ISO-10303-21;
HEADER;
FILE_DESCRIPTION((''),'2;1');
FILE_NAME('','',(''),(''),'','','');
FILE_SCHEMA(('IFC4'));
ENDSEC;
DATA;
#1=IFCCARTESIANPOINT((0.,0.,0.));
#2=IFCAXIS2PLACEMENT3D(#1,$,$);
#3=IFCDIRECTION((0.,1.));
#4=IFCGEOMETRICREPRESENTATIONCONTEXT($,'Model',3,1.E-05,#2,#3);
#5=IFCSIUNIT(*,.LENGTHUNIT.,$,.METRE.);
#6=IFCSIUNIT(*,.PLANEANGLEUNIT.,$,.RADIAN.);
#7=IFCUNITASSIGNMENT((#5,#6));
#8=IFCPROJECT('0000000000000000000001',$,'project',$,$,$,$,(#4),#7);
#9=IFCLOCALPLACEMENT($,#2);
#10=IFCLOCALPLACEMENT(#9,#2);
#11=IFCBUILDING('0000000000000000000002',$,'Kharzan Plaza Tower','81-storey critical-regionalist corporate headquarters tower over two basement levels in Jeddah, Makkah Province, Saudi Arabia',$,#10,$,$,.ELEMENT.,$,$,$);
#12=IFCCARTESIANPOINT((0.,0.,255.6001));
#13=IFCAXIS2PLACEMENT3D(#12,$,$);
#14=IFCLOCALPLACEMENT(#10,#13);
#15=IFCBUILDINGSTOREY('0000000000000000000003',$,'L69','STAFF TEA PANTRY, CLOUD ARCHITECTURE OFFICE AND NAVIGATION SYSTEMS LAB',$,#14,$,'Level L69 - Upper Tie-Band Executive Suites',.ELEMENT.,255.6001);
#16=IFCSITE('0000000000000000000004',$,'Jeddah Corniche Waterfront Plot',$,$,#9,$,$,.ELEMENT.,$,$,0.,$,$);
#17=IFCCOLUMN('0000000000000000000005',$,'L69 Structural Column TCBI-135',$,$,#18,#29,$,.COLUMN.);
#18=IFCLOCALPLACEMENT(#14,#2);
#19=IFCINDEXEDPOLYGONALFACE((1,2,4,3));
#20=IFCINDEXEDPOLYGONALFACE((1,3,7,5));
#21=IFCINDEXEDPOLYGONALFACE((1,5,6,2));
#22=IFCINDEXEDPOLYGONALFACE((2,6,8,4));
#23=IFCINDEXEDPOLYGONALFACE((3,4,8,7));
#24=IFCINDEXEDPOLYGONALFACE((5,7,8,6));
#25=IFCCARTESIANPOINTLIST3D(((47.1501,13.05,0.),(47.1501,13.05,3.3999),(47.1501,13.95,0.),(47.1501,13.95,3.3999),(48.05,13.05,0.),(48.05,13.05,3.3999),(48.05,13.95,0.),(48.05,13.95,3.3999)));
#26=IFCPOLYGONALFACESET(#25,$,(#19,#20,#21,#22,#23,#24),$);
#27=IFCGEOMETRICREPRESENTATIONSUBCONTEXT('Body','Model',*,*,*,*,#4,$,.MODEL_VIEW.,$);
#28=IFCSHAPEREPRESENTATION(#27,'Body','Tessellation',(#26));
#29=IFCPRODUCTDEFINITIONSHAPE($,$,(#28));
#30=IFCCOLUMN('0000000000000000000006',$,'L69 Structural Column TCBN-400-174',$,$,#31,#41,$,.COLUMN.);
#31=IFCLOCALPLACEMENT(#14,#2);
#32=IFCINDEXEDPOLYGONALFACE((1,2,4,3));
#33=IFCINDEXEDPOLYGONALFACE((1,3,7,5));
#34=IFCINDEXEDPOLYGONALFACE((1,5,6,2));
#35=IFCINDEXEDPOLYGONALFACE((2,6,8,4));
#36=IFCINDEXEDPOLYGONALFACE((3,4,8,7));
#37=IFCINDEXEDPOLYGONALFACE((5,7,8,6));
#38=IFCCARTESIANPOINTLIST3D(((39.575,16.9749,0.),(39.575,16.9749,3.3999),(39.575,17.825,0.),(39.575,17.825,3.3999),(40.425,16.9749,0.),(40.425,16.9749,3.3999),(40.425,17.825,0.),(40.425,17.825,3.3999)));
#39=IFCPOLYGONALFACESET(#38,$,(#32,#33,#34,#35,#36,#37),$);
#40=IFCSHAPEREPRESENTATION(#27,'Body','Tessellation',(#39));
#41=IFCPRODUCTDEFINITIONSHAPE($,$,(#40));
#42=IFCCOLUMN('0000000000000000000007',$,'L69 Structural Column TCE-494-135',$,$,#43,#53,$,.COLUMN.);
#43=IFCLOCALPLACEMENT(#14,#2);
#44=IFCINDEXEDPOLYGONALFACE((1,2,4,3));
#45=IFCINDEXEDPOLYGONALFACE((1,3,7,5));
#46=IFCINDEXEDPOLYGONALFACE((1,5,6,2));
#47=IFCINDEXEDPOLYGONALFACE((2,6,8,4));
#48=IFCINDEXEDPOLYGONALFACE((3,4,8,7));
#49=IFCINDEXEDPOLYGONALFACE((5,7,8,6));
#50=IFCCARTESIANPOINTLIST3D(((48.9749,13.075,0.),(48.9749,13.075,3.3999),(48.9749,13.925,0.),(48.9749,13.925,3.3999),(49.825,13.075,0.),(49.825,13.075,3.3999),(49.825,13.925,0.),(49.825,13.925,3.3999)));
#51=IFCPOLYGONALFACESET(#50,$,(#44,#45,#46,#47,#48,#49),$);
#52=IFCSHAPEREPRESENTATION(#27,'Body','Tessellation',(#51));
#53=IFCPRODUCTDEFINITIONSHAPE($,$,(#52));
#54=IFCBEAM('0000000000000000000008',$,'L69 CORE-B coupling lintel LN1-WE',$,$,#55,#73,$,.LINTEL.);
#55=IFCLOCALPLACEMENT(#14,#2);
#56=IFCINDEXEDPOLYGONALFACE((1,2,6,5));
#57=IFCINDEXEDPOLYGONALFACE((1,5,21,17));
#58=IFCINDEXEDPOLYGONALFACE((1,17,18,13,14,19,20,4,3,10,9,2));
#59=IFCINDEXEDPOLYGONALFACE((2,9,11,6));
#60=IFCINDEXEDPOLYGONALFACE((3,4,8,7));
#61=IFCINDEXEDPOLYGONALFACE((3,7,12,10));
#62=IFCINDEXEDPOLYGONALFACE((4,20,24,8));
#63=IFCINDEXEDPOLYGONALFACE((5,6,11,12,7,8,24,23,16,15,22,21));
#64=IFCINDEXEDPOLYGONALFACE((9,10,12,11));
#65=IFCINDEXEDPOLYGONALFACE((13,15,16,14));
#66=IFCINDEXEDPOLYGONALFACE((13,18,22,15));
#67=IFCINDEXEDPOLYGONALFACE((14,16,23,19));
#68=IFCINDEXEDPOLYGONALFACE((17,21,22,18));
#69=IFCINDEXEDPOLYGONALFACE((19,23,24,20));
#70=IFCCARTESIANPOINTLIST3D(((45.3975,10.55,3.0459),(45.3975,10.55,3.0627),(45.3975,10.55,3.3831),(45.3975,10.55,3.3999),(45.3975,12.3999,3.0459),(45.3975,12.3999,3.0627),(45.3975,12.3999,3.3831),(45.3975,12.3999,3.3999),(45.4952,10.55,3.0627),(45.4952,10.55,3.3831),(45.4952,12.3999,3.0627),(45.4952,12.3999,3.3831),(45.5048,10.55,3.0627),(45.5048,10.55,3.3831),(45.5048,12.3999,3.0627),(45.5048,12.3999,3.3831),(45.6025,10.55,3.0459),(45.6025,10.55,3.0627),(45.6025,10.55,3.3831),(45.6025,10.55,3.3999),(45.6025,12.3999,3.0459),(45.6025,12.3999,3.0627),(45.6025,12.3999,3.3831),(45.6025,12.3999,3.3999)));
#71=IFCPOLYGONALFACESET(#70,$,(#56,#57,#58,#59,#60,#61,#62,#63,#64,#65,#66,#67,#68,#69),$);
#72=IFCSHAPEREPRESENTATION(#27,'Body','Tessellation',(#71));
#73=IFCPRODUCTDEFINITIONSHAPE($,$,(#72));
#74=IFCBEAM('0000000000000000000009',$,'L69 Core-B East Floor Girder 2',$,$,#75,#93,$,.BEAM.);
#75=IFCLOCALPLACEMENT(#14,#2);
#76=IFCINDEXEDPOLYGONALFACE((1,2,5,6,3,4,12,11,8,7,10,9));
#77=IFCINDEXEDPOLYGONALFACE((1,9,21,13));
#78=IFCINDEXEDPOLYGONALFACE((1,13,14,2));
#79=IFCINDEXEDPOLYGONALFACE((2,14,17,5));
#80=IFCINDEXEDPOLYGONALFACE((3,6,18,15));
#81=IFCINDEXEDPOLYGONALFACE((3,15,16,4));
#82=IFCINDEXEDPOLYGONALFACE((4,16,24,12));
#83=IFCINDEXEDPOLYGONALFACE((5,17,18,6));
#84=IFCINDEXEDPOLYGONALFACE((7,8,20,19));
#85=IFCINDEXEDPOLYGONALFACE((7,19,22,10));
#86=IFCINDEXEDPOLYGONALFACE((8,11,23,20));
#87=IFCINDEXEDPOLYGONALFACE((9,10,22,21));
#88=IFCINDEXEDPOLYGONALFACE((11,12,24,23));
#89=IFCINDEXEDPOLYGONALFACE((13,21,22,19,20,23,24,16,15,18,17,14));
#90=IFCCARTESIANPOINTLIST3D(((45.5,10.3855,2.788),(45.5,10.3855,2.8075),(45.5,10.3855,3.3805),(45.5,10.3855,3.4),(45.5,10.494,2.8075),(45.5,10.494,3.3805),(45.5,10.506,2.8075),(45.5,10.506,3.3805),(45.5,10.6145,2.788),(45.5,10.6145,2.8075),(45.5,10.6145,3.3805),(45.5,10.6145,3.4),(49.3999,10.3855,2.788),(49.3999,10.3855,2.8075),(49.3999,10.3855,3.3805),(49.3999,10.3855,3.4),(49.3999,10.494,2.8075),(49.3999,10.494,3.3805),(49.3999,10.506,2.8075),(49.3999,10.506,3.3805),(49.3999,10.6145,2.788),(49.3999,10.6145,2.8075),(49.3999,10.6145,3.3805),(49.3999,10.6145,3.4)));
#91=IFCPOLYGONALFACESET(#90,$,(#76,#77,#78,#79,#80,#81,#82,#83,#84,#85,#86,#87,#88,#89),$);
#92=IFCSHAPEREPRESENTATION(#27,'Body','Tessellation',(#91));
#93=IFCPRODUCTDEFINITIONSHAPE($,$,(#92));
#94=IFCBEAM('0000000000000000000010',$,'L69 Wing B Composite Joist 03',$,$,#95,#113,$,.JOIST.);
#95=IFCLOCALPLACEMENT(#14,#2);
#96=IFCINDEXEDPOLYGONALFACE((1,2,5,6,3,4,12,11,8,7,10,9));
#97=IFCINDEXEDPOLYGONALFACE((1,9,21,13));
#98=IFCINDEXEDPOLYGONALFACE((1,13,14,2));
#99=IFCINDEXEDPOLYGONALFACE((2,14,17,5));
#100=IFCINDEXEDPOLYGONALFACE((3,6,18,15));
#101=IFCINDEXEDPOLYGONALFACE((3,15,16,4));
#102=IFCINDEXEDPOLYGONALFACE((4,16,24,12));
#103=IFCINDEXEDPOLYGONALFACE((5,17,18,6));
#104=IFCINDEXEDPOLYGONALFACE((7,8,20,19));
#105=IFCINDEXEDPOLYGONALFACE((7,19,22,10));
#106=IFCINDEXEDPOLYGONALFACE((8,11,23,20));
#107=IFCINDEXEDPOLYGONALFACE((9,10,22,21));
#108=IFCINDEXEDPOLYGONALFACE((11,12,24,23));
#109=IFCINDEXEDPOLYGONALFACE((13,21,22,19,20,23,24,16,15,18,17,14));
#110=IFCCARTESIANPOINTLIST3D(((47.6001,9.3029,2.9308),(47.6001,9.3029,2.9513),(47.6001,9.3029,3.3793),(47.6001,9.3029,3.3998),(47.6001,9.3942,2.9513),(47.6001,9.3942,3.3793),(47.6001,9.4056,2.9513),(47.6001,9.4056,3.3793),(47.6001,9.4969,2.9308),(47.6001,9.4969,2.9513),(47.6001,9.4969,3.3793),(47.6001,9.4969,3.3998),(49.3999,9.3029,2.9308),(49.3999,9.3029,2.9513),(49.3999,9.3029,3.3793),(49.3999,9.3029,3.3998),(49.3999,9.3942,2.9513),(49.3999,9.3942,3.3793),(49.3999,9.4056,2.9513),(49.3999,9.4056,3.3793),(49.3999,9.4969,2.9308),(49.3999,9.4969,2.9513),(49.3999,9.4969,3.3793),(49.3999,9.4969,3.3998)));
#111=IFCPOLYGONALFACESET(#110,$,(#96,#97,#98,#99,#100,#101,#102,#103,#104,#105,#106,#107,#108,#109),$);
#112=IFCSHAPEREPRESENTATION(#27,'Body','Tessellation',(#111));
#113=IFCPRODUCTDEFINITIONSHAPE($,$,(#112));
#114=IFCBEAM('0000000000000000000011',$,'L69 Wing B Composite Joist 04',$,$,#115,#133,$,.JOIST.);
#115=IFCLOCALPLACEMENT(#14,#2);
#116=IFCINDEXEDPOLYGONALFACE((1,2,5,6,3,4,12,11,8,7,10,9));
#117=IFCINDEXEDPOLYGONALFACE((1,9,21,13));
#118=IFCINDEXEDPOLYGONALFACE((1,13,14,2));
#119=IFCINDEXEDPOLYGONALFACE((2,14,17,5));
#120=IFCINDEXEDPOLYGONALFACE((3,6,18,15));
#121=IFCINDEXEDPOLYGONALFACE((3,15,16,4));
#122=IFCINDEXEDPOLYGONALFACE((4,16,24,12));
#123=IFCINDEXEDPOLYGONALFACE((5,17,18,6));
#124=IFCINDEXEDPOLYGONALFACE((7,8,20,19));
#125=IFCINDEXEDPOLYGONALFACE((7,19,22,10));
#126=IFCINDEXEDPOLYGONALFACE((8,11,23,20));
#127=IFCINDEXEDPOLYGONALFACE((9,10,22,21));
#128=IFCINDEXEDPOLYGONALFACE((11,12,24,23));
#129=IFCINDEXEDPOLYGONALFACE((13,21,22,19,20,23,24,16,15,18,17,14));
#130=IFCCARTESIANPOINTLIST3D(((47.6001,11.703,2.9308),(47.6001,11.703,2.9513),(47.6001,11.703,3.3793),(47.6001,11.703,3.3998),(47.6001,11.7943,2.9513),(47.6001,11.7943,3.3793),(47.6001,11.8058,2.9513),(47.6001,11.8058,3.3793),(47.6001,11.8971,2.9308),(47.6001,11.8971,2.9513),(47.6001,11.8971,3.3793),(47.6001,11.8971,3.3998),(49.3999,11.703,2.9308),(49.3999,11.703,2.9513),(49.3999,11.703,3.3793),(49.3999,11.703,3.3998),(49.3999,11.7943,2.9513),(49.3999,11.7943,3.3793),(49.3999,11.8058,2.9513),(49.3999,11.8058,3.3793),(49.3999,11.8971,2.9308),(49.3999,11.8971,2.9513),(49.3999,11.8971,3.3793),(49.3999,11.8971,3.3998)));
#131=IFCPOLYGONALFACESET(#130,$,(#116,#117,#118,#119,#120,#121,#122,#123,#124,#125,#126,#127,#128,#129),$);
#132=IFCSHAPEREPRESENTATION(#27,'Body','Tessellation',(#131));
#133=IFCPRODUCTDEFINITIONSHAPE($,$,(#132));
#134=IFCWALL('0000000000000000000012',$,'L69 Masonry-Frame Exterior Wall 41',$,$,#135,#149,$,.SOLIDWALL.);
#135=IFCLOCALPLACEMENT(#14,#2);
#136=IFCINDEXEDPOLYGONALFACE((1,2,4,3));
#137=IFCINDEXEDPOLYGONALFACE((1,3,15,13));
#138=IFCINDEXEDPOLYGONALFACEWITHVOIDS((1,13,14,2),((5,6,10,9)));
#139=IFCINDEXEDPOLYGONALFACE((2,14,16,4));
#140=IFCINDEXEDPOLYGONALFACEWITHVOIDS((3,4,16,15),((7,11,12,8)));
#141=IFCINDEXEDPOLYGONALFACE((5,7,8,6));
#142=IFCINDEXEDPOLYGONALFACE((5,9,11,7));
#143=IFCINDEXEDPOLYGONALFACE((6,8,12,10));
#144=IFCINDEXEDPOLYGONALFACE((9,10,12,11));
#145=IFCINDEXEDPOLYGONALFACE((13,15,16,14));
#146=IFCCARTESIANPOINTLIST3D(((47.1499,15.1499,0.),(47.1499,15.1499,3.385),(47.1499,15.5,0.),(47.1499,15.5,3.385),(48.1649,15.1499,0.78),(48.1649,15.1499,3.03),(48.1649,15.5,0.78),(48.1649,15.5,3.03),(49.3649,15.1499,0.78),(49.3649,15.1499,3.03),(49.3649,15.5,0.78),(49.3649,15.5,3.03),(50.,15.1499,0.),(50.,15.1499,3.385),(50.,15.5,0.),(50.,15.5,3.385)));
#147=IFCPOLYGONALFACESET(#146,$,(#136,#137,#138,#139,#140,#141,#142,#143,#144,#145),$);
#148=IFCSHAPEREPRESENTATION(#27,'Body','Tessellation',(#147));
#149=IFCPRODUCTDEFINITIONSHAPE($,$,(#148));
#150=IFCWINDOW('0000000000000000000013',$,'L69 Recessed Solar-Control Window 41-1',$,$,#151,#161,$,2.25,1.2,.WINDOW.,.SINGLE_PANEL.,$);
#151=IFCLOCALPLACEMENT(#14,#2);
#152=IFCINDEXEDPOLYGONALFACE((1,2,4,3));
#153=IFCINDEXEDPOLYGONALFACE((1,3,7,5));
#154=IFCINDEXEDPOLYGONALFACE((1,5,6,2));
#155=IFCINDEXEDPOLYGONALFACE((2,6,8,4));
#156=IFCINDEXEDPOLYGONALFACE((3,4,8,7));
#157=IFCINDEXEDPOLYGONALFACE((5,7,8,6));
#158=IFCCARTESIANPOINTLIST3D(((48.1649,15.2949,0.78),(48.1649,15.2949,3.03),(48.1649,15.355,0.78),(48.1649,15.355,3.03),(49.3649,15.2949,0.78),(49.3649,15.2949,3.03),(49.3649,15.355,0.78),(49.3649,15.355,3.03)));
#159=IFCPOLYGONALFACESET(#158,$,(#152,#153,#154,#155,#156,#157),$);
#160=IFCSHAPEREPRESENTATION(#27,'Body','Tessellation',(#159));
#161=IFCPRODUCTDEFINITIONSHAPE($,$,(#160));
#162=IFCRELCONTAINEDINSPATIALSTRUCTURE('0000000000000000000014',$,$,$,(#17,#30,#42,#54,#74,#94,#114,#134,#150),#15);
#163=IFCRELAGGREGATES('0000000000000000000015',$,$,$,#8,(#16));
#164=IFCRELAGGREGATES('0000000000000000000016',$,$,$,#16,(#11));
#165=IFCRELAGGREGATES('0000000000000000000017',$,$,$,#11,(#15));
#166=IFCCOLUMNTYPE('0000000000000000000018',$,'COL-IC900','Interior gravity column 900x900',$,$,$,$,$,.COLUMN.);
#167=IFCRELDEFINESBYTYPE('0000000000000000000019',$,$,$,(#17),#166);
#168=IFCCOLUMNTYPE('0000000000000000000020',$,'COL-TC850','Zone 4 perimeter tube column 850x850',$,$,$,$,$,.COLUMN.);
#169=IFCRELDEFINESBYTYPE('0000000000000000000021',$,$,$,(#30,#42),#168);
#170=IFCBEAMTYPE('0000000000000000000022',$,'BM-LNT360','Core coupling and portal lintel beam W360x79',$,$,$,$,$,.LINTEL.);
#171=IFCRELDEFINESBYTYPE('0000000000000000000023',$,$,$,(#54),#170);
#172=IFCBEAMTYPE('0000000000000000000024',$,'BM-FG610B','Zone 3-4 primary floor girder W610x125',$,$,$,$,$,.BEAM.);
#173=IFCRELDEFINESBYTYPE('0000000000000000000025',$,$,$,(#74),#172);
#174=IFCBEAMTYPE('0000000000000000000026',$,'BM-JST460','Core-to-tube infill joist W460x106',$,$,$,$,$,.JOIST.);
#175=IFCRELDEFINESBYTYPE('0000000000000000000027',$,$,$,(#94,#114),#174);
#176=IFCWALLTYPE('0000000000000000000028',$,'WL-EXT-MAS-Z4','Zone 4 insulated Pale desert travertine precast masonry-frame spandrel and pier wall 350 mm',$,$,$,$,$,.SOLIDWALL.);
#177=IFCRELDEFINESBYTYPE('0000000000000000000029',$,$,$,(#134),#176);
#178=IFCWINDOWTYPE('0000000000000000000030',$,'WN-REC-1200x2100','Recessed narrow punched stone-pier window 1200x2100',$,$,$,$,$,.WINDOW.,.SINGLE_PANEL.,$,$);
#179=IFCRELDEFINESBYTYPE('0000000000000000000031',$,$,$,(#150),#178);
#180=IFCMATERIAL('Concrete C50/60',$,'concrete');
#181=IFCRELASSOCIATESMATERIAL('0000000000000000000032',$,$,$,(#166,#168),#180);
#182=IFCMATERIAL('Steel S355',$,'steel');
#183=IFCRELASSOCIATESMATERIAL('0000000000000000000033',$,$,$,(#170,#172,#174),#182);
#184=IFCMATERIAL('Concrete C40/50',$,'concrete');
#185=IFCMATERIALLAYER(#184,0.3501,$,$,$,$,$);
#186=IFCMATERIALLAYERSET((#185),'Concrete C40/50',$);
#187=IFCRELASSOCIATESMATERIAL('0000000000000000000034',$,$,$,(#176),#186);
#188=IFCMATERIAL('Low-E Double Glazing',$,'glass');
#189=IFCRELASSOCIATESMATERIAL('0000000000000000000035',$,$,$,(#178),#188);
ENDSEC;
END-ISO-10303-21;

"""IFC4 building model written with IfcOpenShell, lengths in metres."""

from ifc_helpers import new_model, si_unit, direction, frame, frame_2d, origin, origin_2d, place, context, subcontext, project, spatial, rectangle, i_section, extrude, source, transform, mapped, material, layer, layer_set, material_profile, profile_set, type_object, element, fill, save


model = new_model("IFC4")

# Units and contexts
model_context = context("Model", 3, precision=1e-05, world=origin(), true_north=direction((0.0, 1.0)))
body_context = subcontext(model_context, "Body", "Model", "MODEL_VIEW")
ifc_project = project(units=[si_unit("LENGTHUNIT", "METRE"), si_unit("PLANEANGLEUNIT", "RADIAN")], contexts=[model_context])

# Site, building, storey
site_placement = place(None, origin())
site = spatial("IfcSite", under=ifc_project, at=site_placement, Name="Jeddah Corniche Waterfront Plot", CompositionType="ELEMENT", RefElevation=0.0)
building_placement = place(site_placement, origin())
building = spatial("IfcBuilding", under=site, at=building_placement, Name="Kharzan Plaza Tower", Description="81-storey critical-regionalist corporate headquarters tower over two basement levels in Jeddah, Makkah Province, Saudi Arabia", CompositionType="ELEMENT")
storey_placement = place(building_placement, frame((0.0, 0.0, 255.6001)))
storey = spatial("IfcBuildingStorey", under=building, at=storey_placement, Name="L69", Description="STAFF TEA PANTRY, CLOUD ARCHITECTURE OFFICE AND NAVIGATION SYSTEMS LAB", LongName="Level L69 - Upper Tie-Band Executive Suites", CompositionType="ELEMENT", Elevation=255.6001)

# Columns
ifc_material_1 = material(Name="Concrete C50/60", Category="concrete")
ifc_material_profile_1 = material_profile(ifc_material_1, rectangle(XDim=0.8999, YDim=0.8999, at=origin_2d()), Name="RC-IC900x900")
ifc_profile_set_1 = profile_set([ifc_material_profile_1], Name="Concrete C50/60")
column_type_1 = type_object("IfcColumnType", Name="COL-IC900", Description="Interior gravity column 900x900", PredefinedType="COLUMN", material=ifc_profile_set_1)
shared_shape_1 = source(origin(), body_context, "Body", "SweptSolid", [
    extrude(rectangle(XDim=0.8999, YDim=0.8999, at=origin_2d()), origin(), (0.0, 0.0, 1.0), 3.3999),
])
column_placement = place(storey_placement, frame((47.6001, 13.5, 0.0), z_axis=(0.0, 0.0, 1.0), x_axis=(1.0, 0.0, 0.0)))
element("IfcColumn", 1, at=column_placement, inside=storey, type_object=column_type_1, Name="L69 Structural Column TCBI-135", PredefinedType="COLUMN", context=body_context, shape_type="MappedRepresentation", body=[
    mapped(shared_shape_1, transform((0.0, 0.0, 0.0), x_axis=(1.0, 0.0, 0.0), y_axis=(0.0, 1.0, 0.0), z_axis=(0.0, 0.0, 1.0))),
])
ifc_material_profile_2 = material_profile(ifc_material_1, rectangle(XDim=0.8501, YDim=0.8501, at=origin_2d()), Name="RC-TC850x850")
ifc_profile_set_2 = profile_set([ifc_material_profile_2], Name="Concrete C50/60")
column_type_2 = type_object("IfcColumnType", Name="COL-TC850", Description="Zone 4 perimeter tube column 850x850", PredefinedType="COLUMN", material=ifc_profile_set_2)
shared_shape_2 = source(origin(), body_context, "Body", "SweptSolid", [
    extrude(rectangle(XDim=0.8501, YDim=0.8501, at=origin_2d()), origin(), (0.0, 0.0, 1.0), 3.3999),
])
for number, where, z_axis, x_axis, name in (
    (2, (40.0, 17.3999, 0.0), (0.0, 0.0, 1.0), (1.0, 0.0, 0.0), "L69 Structural Column TCBN-400-174"),
    (3, (49.3999, 13.5, 0.0), (0.0, 0.0, 1.0), (1.0, 0.0, 0.0), "L69 Structural Column TCE-494-135"),
):
    element("IfcColumn", number, at=place(storey_placement, frame(where, z_axis=z_axis, x_axis=x_axis)), inside=storey, type_object=column_type_2, Name=name, PredefinedType="COLUMN", context=body_context, shape_type="MappedRepresentation", body=[
        mapped(shared_shape_2, transform((0.0, 0.0, 0.0), x_axis=(1.0, 0.0, 0.0), y_axis=(0.0, 1.0, 0.0), z_axis=(0.0, 0.0, 1.0))),
    ])

# Beams
ifc_material_2 = material(Name="Steel S355", Category="steel")
ifc_material_profile_3 = material_profile(ifc_material_2, i_section(OverallWidth=0.2051, OverallDepth=0.354, WebThickness=0.0095, FlangeThickness=0.0168, at=origin_2d()), Name="W360x79")
ifc_profile_set_3 = profile_set([ifc_material_profile_3], Name="Steel S355")
beam_type_1 = type_object("IfcBeamType", Name="BM-LNT360", Description="Core coupling and portal lintel beam W360x79", PredefinedType="LINTEL", material=ifc_profile_set_3)
shared_shape_3 = source(origin(), body_context, "Body", "SweptSolid", [
    extrude(i_section(OverallWidth=0.2051, OverallDepth=0.354, WebThickness=0.0095, FlangeThickness=0.0168, at=origin_2d()), origin(), (0.0, 0.0, 1.0), 1.8499),
])
beam_1_placement = place(storey_placement, frame((45.5, 10.55, 3.2229), z_axis=(0.0, 1.0, 0.0), x_axis=(-1.0, 0.0, 0.0)))
element("IfcBeam", 4, at=beam_1_placement, inside=storey, type_object=beam_type_1, Name="L69 CORE-B coupling lintel LN1-WE", PredefinedType="LINTEL", context=body_context, shape_type="MappedRepresentation", body=[
    mapped(shared_shape_3, transform((0.0, 0.0, 0.0), x_axis=(1.0, 0.0, 0.0), y_axis=(0.0, 1.0, 0.0), z_axis=(0.0, 0.0, 1.0))),
])
ifc_material_profile_4 = material_profile(ifc_material_2, i_section(OverallWidth=0.229, OverallDepth=0.6121, WebThickness=0.012, FlangeThickness=0.0195, at=origin_2d()), Name="W610x125")
ifc_profile_set_4 = profile_set([ifc_material_profile_4], Name="Steel S355")
beam_type_2 = type_object("IfcBeamType", Name="BM-FG610B", Description="Zone 3-4 primary floor girder W610x125", PredefinedType="BEAM", material=ifc_profile_set_4)
shared_shape_4 = source(origin(), body_context, "Body", "SweptSolid", [
    extrude(i_section(OverallWidth=0.229, OverallDepth=0.6121, WebThickness=0.012, FlangeThickness=0.0195, at=origin_2d()), origin(), (0.0, 0.0, 1.0), 3.8999),
])
beam_2_placement = place(storey_placement, frame((45.5, 10.5, 3.094), z_axis=(1.0, 0.0, 0.0), x_axis=(0.0, 1.0, 0.0)))
element("IfcBeam", 5, at=beam_2_placement, inside=storey, type_object=beam_type_2, Name="L69 Core-B East Floor Girder 2", PredefinedType="BEAM", context=body_context, shape_type="MappedRepresentation", body=[
    mapped(shared_shape_4, transform((0.0, 0.0, 0.0), x_axis=(1.0, 0.0, 0.0), y_axis=(0.0, 1.0, 0.0), z_axis=(0.0, 0.0, 1.0))),
])
ifc_material_profile_5 = material_profile(ifc_material_2, i_section(OverallWidth=0.1941, OverallDepth=0.469, WebThickness=0.0115, FlangeThickness=0.0205, at=origin_2d()), Name="W460x106")
ifc_profile_set_5 = profile_set([ifc_material_profile_5], Name="Steel S355")
beam_type_3 = type_object("IfcBeamType", Name="BM-JST460", Description="Core-to-tube infill joist W460x106", PredefinedType="JOIST", material=ifc_profile_set_5)
shared_shape_5 = source(origin(), body_context, "Body", "SweptSolid", [
    extrude(i_section(OverallWidth=0.1941, OverallDepth=0.469, WebThickness=0.0115, FlangeThickness=0.0205, at=origin_2d()), origin(), (0.0, 0.0, 1.0), 1.7998),
])
for number, where, z_axis, x_axis, name in (
    (6, (47.6001, 9.3999, 3.1653), (1.0, 0.0, 0.0), (0.0, 1.0, 0.0), "L69 Wing B Composite Joist 03"),
    (7, (47.6001, 11.8, 3.1653), (1.0, 0.0, 0.0), (0.0, 1.0, 0.0), "L69 Wing B Composite Joist 04"),
):
    element("IfcBeam", number, at=place(storey_placement, frame(where, z_axis=z_axis, x_axis=x_axis)), inside=storey, type_object=beam_type_3, Name=name, PredefinedType="JOIST", context=body_context, shape_type="MappedRepresentation", body=[
        mapped(shared_shape_5, transform((0.0, 0.0, 0.0), x_axis=(1.0, 0.0, 0.0), y_axis=(0.0, 1.0, 0.0), z_axis=(0.0, 0.0, 1.0))),
    ])

# Wall, opening, window
ifc_material_3 = material(Name="Concrete C40/50", Category="concrete")
ifc_layer_1 = layer(ifc_material_3, 0.3501)
ifc_layer_set_1 = layer_set([ifc_layer_1], Name="Concrete C40/50")
wall_type_1 = type_object("IfcWallType", Name="WL-EXT-MAS-Z4", Description="Zone 4 insulated Pale desert travertine precast masonry-frame spandrel and pier wall 350 mm", PredefinedType="SOLIDWALL", material=ifc_layer_set_1)
wall_1_placement = place(storey_placement, frame((50.0, 15.325, 0.0), z_axis=(0.0, 0.0, 1.0), x_axis=(-1.0, 0.0, 0.0)))
wall_1 = element("IfcWall", 8, at=wall_1_placement, inside=storey, type_object=wall_type_1, Name="L69 Masonry-Frame Exterior Wall 41", PredefinedType="SOLIDWALL", context=body_context, shape_type="SweptSolid", body=[
    extrude(rectangle(XDim=2.8501, YDim=0.3501, at=frame_2d((1.425, 0.0))), origin(), (0.0, 0.0, 1.0), 3.385),
])
opening_1_placement = place(wall_1_placement, frame((0.635, 0.0, 0.78)))
opening_1 = element("IfcOpeningElement", 9, at=opening_1_placement, cuts=wall_1, PredefinedType="OPENING", context=body_context, shape_type="SweptSolid", body=[
    extrude(rectangle(XDim=1.2, YDim=2.25, at=frame_2d((0.6001, 1.125))), frame((0.0, 0.1851, 0.0), z_axis=(0.0, -1.0, 0.0), x_axis=(1.0, 0.0, 0.0)), (0.0, 0.0, 1.0), 0.3701),
])
ifc_material_4 = material(Name="Low-E Double Glazing", Category="glass")
window_type_1 = type_object("IfcWindowType", Name="WN-REC-1200x2100", Description="Recessed narrow punched stone-pier window 1200x2100", PartitioningType="SINGLE_PANEL", PredefinedType="WINDOW", material=ifc_material_4)
shared_shape_6 = source(origin(), body_context, "Body", "SweptSolid", [
    extrude(rectangle(XDim=1.2, YDim=2.25, at=frame_2d((0.6001, 1.125))), frame((0.0, 0.03, 0.0), z_axis=(0.0, -1.0, 0.0), x_axis=(1.0, 0.0, 0.0)), (0.0, 0.0, 1.0), 0.0601),
])
window_1_placement = place(opening_1_placement, origin())
window_1 = element("IfcWindow", 10, at=window_1_placement, inside=storey, type_object=window_type_1, Name="L69 Recessed Solar-Control Window 41-1", OverallHeight=2.25, OverallWidth=1.2, PartitioningType="SINGLE_PANEL", PredefinedType="WINDOW", context=body_context, shape_type="MappedRepresentation", body=[
    mapped(shared_shape_6, transform((0.0, 0.0, 0.0), x_axis=(1.0, 0.0, 0.0), y_axis=(0.0, 1.0, 0.0), z_axis=(0.0, 0.0, 1.0))),
])
fill(opening_1, window_1)

save(model, "model.ifc")
